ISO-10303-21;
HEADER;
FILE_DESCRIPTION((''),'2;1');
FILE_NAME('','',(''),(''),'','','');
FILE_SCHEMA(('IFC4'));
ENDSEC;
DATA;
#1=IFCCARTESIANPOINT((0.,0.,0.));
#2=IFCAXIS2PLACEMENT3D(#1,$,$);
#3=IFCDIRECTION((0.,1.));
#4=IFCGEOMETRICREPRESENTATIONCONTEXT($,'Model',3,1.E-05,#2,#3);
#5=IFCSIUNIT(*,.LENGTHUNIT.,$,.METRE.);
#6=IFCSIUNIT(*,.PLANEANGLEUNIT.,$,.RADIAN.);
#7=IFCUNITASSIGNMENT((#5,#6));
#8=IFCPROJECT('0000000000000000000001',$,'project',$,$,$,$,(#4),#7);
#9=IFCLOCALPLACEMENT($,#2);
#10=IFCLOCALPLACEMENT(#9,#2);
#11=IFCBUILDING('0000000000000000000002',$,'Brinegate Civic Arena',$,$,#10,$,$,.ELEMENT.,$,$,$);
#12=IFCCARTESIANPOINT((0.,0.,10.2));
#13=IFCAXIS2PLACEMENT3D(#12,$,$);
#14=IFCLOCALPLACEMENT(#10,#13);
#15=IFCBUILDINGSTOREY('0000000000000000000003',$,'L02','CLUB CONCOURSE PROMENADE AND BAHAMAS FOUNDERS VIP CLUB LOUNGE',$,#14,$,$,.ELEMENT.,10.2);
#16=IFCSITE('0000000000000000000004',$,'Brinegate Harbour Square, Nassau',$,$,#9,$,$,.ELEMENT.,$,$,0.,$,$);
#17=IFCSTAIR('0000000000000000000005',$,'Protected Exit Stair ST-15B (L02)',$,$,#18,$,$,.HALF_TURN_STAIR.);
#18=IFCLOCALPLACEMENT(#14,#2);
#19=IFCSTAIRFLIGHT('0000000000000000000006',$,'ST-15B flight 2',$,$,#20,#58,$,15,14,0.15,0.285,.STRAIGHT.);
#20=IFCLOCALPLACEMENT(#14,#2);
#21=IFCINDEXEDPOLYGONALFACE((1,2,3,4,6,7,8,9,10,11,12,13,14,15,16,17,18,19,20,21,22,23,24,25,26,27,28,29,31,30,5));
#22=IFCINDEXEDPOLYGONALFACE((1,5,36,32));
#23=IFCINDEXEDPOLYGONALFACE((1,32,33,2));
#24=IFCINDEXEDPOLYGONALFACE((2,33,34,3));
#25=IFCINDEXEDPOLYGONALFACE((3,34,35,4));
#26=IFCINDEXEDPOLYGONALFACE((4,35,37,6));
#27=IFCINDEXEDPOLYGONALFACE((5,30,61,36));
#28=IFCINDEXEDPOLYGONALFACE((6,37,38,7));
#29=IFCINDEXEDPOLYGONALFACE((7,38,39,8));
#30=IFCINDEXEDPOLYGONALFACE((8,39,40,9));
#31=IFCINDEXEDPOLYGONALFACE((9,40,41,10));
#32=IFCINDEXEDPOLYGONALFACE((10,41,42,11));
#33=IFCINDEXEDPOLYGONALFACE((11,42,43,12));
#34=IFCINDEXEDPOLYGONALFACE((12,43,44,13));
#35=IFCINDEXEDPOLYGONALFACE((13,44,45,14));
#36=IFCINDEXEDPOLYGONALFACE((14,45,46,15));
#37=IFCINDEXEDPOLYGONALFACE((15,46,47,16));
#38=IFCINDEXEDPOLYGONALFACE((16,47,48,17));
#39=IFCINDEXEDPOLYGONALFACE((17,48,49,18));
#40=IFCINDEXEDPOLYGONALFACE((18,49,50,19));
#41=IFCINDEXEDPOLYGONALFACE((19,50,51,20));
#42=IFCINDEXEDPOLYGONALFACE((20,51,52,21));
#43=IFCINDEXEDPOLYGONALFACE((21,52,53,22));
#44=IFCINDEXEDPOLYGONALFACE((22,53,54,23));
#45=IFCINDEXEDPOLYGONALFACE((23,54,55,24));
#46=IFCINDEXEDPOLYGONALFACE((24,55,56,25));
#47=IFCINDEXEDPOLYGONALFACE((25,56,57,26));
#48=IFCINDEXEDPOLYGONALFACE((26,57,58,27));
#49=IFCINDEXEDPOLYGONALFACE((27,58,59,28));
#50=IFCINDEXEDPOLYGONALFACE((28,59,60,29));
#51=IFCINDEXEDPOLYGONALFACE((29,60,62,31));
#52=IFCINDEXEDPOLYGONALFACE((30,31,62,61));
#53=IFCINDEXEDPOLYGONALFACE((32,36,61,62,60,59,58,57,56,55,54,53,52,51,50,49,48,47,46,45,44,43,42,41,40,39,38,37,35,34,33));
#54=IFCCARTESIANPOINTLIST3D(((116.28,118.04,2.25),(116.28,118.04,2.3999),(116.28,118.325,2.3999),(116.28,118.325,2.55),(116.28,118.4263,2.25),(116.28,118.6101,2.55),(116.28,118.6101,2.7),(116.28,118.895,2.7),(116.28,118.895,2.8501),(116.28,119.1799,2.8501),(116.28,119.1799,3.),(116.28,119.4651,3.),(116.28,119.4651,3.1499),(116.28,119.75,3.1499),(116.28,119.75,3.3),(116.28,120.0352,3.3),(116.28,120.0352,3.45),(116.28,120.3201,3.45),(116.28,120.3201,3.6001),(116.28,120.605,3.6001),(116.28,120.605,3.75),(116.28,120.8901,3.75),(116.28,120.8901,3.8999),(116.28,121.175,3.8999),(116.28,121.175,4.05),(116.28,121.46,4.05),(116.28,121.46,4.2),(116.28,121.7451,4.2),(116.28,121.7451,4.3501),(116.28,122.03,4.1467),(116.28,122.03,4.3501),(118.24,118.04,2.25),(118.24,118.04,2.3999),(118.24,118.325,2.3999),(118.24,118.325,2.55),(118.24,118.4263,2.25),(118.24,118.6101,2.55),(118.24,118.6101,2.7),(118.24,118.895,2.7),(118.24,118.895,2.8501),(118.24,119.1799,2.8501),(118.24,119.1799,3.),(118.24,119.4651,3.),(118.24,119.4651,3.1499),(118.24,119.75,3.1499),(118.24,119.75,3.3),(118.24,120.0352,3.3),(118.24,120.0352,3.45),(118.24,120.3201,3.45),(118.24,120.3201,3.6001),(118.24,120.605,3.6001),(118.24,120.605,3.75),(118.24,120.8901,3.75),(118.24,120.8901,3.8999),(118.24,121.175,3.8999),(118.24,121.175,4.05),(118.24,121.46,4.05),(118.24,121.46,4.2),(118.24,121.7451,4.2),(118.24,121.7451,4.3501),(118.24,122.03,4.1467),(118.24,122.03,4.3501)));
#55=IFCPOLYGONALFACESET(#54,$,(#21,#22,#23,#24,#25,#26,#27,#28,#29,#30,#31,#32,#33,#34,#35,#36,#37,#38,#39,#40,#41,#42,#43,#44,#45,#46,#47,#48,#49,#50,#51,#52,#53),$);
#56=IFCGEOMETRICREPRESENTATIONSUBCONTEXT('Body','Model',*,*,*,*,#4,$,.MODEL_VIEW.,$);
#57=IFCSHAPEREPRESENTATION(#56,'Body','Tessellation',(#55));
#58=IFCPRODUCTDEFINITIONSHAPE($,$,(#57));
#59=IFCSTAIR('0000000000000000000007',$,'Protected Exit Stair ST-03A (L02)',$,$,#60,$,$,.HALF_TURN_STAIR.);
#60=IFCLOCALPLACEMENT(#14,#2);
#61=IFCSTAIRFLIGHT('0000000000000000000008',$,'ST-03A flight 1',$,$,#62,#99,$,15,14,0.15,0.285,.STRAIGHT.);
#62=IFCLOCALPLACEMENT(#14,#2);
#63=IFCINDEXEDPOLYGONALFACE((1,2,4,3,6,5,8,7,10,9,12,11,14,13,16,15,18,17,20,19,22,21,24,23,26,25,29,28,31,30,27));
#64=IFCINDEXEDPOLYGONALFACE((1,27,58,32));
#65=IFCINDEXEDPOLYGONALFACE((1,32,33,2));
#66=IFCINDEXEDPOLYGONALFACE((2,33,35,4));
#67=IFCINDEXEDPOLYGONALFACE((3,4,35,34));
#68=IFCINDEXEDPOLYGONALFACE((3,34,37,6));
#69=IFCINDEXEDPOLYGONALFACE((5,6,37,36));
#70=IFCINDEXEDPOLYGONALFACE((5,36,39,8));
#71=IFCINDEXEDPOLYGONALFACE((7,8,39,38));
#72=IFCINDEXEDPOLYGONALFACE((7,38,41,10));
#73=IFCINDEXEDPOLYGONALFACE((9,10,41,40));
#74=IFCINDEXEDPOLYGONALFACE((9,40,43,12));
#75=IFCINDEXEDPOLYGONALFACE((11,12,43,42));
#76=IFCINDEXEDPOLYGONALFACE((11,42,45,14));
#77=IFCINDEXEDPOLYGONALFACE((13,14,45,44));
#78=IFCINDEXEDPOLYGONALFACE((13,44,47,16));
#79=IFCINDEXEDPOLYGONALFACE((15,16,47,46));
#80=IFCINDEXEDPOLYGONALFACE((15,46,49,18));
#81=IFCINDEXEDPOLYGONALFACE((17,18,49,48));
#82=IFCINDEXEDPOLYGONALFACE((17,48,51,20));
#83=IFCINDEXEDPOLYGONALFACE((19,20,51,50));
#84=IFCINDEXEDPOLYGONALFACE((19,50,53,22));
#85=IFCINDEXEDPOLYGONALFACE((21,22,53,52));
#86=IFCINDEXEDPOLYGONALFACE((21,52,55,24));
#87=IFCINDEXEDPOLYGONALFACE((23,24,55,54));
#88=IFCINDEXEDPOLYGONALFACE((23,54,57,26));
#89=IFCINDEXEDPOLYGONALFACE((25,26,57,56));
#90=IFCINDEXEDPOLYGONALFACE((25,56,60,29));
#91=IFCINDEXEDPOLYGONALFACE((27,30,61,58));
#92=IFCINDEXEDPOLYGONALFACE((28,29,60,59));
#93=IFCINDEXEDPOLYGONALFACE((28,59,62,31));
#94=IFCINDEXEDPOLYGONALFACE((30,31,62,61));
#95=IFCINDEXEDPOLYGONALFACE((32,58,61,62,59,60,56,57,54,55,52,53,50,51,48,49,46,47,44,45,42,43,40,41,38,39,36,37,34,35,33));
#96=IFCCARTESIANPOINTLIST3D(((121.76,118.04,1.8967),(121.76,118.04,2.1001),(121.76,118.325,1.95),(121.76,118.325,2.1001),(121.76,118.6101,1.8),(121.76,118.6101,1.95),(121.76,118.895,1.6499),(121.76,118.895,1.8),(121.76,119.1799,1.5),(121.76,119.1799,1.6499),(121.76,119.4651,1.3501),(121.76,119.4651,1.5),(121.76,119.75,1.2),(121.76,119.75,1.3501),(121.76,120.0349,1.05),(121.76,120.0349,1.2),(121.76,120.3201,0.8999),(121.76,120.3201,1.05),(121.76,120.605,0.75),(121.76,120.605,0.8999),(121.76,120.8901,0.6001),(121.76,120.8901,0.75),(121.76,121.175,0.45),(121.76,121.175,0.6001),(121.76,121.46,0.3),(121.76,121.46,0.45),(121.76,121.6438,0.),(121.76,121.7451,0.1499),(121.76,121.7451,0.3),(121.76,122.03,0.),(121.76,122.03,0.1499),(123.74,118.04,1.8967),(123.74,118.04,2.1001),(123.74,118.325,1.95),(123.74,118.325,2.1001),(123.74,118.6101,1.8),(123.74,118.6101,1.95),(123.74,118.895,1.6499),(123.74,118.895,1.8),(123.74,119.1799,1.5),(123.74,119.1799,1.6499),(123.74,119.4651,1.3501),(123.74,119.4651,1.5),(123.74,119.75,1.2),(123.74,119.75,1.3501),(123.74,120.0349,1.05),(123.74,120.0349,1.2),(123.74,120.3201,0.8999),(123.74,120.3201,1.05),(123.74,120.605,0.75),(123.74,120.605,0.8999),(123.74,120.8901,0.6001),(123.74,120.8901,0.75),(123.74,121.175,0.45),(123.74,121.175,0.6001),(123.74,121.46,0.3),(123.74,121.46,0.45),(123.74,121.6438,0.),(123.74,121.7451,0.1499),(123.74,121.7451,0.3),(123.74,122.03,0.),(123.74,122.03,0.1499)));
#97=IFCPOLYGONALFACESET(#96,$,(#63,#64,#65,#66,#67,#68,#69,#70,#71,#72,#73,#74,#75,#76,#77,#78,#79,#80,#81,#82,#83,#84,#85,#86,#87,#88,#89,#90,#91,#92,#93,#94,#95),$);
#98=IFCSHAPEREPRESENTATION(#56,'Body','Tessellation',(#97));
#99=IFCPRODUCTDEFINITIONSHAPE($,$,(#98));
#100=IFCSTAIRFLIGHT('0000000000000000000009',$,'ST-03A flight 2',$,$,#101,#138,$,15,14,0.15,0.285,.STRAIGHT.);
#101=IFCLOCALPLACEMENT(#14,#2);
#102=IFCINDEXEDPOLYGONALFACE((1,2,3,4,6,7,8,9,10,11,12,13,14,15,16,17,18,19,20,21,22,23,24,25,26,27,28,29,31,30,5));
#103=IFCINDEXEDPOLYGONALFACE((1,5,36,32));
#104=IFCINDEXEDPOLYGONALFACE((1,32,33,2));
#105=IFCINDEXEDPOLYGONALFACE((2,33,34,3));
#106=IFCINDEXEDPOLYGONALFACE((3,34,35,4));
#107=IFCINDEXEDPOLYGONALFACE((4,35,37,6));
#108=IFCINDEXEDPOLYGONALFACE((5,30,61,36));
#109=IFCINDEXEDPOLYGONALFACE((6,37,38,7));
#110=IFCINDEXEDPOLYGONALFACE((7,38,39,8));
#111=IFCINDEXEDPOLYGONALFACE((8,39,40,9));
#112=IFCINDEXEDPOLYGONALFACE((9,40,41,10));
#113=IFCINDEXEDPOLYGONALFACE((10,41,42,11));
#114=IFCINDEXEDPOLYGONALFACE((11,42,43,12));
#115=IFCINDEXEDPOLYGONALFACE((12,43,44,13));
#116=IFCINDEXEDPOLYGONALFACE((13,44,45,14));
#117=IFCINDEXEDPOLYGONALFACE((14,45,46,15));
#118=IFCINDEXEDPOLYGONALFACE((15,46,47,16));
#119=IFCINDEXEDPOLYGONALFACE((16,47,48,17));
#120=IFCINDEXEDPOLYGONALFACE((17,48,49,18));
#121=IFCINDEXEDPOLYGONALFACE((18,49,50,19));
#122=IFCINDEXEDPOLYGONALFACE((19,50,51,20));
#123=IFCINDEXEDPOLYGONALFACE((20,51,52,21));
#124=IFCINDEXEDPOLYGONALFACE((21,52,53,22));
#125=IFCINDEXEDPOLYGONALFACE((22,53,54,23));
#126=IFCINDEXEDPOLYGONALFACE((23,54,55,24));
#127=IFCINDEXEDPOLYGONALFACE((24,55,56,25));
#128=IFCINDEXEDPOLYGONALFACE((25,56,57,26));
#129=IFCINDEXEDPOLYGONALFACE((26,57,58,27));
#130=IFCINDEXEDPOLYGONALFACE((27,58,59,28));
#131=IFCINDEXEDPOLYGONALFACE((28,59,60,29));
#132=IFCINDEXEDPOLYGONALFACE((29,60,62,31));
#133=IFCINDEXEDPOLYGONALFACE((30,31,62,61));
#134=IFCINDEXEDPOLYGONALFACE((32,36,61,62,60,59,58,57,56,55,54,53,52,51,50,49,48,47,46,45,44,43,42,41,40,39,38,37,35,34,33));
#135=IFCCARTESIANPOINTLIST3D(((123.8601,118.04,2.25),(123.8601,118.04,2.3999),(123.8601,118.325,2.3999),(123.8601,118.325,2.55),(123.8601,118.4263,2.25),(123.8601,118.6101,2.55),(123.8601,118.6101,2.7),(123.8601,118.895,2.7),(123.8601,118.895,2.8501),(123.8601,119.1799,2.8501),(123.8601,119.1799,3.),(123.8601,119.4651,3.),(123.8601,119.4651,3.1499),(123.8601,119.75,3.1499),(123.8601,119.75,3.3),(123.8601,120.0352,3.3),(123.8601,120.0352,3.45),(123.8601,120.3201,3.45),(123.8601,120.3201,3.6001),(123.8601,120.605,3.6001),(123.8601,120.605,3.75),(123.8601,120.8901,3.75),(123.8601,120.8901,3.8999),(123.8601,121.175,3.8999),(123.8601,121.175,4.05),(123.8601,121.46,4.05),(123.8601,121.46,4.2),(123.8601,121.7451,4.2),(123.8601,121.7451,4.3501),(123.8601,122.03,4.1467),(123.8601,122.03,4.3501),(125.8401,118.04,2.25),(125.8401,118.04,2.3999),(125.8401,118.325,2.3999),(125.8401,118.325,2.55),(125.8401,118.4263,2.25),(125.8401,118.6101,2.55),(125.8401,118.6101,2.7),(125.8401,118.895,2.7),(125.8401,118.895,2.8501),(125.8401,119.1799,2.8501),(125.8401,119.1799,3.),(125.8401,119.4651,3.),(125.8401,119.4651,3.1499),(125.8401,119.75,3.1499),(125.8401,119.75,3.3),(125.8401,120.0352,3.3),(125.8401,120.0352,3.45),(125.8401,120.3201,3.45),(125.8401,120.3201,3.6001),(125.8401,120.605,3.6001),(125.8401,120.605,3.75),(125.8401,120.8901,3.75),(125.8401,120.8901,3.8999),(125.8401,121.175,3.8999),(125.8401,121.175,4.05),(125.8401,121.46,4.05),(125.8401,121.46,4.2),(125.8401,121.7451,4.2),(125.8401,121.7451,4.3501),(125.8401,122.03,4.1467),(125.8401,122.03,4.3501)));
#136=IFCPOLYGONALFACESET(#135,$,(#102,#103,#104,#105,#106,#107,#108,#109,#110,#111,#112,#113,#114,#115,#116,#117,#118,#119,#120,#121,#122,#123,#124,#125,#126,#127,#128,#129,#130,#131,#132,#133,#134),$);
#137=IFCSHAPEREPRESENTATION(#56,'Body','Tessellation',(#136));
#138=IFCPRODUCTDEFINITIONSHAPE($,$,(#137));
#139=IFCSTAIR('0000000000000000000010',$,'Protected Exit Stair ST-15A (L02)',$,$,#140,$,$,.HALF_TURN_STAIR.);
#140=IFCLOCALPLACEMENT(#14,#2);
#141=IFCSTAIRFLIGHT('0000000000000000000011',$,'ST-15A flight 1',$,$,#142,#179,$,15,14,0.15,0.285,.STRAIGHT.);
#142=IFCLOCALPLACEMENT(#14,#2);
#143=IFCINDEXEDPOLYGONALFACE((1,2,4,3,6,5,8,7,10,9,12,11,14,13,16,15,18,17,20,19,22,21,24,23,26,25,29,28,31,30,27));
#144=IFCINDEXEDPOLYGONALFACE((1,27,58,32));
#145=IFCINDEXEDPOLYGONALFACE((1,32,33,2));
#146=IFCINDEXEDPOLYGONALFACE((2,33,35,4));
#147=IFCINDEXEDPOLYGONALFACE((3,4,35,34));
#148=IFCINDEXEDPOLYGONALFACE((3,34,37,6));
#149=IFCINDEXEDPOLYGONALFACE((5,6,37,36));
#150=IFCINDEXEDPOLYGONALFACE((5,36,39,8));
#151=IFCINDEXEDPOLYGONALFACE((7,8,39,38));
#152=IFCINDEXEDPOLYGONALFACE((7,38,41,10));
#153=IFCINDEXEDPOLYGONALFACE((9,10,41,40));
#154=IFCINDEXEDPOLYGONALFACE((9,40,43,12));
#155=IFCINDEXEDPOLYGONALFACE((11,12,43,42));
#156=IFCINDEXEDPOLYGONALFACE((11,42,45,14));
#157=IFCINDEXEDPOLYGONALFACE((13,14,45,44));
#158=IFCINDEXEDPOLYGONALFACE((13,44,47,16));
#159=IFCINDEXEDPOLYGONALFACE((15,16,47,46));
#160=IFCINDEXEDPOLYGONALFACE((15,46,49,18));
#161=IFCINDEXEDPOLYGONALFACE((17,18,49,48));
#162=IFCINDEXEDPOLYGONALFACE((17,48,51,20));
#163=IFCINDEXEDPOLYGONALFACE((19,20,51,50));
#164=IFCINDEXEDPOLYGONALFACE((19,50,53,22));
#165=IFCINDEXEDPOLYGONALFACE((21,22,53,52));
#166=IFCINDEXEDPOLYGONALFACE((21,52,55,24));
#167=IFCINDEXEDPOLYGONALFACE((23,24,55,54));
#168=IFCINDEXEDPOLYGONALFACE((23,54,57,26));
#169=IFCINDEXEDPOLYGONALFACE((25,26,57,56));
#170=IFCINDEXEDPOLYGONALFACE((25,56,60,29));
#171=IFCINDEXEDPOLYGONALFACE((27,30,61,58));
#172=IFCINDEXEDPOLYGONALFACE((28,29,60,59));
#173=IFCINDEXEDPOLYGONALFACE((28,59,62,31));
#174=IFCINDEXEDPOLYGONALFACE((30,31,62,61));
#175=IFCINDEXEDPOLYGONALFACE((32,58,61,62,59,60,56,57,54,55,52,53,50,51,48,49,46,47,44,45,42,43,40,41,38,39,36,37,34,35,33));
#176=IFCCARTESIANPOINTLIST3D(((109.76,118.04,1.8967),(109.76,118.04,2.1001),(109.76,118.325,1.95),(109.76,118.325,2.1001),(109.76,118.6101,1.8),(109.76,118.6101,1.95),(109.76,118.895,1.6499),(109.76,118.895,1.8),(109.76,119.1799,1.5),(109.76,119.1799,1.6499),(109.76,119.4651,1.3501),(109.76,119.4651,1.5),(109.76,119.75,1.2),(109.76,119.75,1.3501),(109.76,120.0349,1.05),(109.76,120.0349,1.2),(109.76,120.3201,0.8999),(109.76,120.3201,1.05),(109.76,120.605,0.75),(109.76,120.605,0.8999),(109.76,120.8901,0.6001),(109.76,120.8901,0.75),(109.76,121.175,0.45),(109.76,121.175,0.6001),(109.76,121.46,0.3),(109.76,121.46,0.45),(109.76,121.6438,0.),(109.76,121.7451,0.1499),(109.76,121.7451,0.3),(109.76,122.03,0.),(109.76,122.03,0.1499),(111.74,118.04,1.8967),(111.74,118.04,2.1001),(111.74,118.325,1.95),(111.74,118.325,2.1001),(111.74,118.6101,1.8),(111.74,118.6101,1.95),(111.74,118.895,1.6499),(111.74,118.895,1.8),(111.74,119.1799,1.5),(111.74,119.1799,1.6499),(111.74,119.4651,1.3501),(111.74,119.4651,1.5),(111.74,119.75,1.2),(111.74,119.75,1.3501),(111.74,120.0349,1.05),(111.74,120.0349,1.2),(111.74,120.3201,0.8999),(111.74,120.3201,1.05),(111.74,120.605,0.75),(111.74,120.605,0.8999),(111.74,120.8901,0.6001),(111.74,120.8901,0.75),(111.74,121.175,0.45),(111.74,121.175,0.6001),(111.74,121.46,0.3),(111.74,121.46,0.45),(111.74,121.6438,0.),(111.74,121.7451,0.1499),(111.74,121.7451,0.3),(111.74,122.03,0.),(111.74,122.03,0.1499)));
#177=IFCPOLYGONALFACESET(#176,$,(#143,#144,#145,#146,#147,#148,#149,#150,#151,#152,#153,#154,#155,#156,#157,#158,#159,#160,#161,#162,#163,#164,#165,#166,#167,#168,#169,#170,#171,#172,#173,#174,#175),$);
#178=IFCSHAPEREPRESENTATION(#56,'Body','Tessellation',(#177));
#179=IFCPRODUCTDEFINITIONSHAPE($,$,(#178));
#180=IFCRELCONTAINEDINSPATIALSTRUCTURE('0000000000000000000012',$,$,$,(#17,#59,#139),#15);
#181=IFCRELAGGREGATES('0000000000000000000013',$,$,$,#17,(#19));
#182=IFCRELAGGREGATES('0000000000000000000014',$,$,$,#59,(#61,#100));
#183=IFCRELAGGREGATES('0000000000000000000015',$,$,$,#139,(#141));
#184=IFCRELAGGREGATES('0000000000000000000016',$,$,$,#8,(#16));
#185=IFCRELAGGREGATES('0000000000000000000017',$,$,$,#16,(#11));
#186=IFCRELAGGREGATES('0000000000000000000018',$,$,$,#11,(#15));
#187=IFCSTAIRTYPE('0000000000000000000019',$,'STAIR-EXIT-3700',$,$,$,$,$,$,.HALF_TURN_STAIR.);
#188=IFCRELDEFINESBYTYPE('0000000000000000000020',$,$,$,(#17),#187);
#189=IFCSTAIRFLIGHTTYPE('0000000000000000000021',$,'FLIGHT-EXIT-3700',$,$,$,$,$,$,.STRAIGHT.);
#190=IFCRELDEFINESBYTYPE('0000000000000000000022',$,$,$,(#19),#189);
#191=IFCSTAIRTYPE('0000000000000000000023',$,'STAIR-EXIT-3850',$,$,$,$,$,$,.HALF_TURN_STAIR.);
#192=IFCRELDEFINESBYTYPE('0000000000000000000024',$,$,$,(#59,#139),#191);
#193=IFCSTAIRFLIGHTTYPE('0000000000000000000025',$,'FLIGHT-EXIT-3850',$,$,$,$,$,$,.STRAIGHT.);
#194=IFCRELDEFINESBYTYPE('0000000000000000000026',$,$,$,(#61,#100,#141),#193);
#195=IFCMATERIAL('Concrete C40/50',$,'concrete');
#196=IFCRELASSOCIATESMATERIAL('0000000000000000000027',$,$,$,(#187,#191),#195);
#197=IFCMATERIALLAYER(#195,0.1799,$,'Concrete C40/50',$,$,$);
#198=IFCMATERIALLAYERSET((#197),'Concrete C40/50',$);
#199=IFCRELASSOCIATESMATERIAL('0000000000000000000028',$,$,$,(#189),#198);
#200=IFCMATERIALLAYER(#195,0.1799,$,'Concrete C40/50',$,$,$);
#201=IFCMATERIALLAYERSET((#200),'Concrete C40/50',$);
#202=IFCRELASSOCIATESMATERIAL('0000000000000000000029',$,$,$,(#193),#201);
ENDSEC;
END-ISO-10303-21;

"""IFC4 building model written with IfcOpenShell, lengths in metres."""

from ifc_helpers import new_model, si_unit, direction, frame, origin, place, context, subcontext, project, spatial, polyline, outline, extrude, material, layer, layer_set, type_object, element, aggregate, save


model = new_model("IFC4")

# Units and contexts
model_context = context("Model", 3, precision=1e-05, world=origin(), true_north=direction((0.0, 1.0)))
body_context = subcontext(model_context, "Body", "Model", "MODEL_VIEW")
ifc_project = project(units=[si_unit("LENGTHUNIT", "METRE"), si_unit("PLANEANGLEUNIT", "RADIAN")], contexts=[model_context])

# Site, building, storey
site_placement = place(None, origin())
site = spatial("IfcSite", under=ifc_project, at=site_placement, Name="Brinegate Harbour Square, Nassau", CompositionType="ELEMENT", RefElevation=0.0)
building_placement = place(site_placement, origin())
building = spatial("IfcBuilding", under=site, at=building_placement, Name="Brinegate Civic Arena", CompositionType="ELEMENT")
storey_placement = place(building_placement, frame((0.0, 0.0, 10.2)))
storey = spatial("IfcBuildingStorey", under=building, at=storey_placement, Name="L02", Description="CLUB CONCOURSE PROMENADE AND BAHAMAS FOUNDERS VIP CLUB LOUNGE", CompositionType="ELEMENT", Elevation=10.2)

# Stairs, stair flights
ifc_material_1 = material(Name="Concrete C40/50", Category="concrete")
stair_type_1 = type_object("IfcStairType", Name="STAIR-EXIT-3700", PredefinedType="HALF_TURN_STAIR", material=ifc_material_1)
ifc_layer_1 = layer(ifc_material_1, 0.1799, Name="Concrete C40/50")
ifc_layer_set_1 = layer_set([ifc_layer_1], Name="Concrete C40/50")
stair_flight_type_1 = type_object("IfcStairFlightType", Name="FLIGHT-EXIT-3700", PredefinedType="STRAIGHT", material=ifc_layer_set_1)
stair_1_placement = place(storey_placement, origin())
stair_1 = element("IfcStair", 1, at=stair_1_placement, inside=storey, type_object=stair_type_1, Name="Protected Exit Stair ST-15B (L02)", PredefinedType="HALF_TURN_STAIR")
stair_flight_1_placement = place(storey_placement, frame((117.26, 118.04, 2.25), z_axis=(0.0, 0.0, 1.0), x_axis=(0.0, 1.0, 0.0)))
stair_flight_1 = element("IfcStairFlight", 2, at=stair_flight_1_placement, type_object=stair_flight_type_1, Name="ST-15B flight 2", NumberOfRisers=15, NumberOfTreads=14, PredefinedType="STRAIGHT", RiserHeight=0.15, TreadLength=0.285, context=body_context, shape_type="SweptSolid", body=[
    extrude(outline(polyline([(0.0, 0.0), (0.0, 0.1499), (0.2849, 0.1499), (0.2849, 0.3), (0.5701, 0.3), (0.5701, 0.45), (0.855, 0.45), (0.855, 0.6001), (1.1399, 0.6001), (1.1399, 0.75), (1.425, 0.75), (1.425, 0.8999), (1.71, 0.8999), (1.71, 1.05), (1.9951, 1.05), (1.9951, 1.2), (2.28, 1.2), (2.28, 1.3501), (2.5649, 1.3501), (2.5649, 1.5), (2.8501, 1.5), (2.8501, 1.6499), (3.135, 1.6499), (3.135, 1.8), (3.4199, 1.8), (3.4199, 1.95), (3.7051, 1.95), (3.7051, 2.1001), (3.99, 2.1001), (3.99, 2.25), (3.99, 1.8967), (0.3862, 0.0), (0.0, 0.0)])), frame((0.0, 0.98, 0.0), z_axis=(0.0, -1.0, 0.0), x_axis=(1.0, 0.0, 0.0)), (0.0, 0.0, 1.0), 1.96),
])
aggregate(stair_1, [stair_flight_1])
stair_type_2 = type_object("IfcStairType", Name="STAIR-EXIT-3850", PredefinedType="HALF_TURN_STAIR", material=ifc_material_1)
stair_2_placement = place(storey_placement, origin())
stair_2 = element("IfcStair", 3, at=stair_2_placement, inside=storey, type_object=stair_type_2, Name="Protected Exit Stair ST-03A (L02)", PredefinedType="HALF_TURN_STAIR")
ifc_layer_2 = layer(ifc_material_1, 0.1799, Name="Concrete C40/50")
ifc_layer_set_2 = layer_set([ifc_layer_2], Name="Concrete C40/50")
stair_flight_type_2 = type_object("IfcStairFlightType", Name="FLIGHT-EXIT-3850", PredefinedType="STRAIGHT", material=ifc_layer_set_2)
stair_flight_2_placement = place(storey_placement, frame((122.75, 122.03, 0.0), z_axis=(0.0, 0.0, 1.0), x_axis=(0.0, -1.0, 0.0)))
stair_flight_2 = element("IfcStairFlight", 4, at=stair_flight_2_placement, type_object=stair_flight_type_2, Name="ST-03A flight 1", NumberOfRisers=15, NumberOfTreads=14, PredefinedType="STRAIGHT", RiserHeight=0.15, TreadLength=0.285, context=body_context, shape_type="SweptSolid", body=[
    extrude(outline(polyline([(0.0, 0.0), (0.0, 0.1499), (0.2849, 0.1499), (0.2849, 0.3), (0.5701, 0.3), (0.5701, 0.45), (0.855, 0.45), (0.855, 0.6001), (1.1399, 0.6001), (1.1399, 0.75), (1.425, 0.75), (1.425, 0.8999), (1.71, 0.8999), (1.71, 1.05), (1.9951, 1.05), (1.9951, 1.2), (2.28, 1.2), (2.28, 1.3501), (2.5649, 1.3501), (2.5649, 1.5), (2.8501, 1.5), (2.8501, 1.6499), (3.135, 1.6499), (3.135, 1.8), (3.4199, 1.8), (3.4199, 1.95), (3.7051, 1.95), (3.7051, 2.1001), (3.99, 2.1001), (3.99, 2.25), (3.99, 1.8967), (0.3862, 0.0), (0.0, 0.0)])), frame((0.0, 0.99, 0.0), z_axis=(0.0, -1.0, 0.0), x_axis=(1.0, 0.0, 0.0)), (0.0, 0.0, 1.0), 1.98),
])
stair_flight_3_placement = place(storey_placement, frame((124.8501, 118.04, 2.25), z_axis=(0.0, 0.0, 1.0), x_axis=(0.0, 1.0, 0.0)))
stair_flight_3 = element("IfcStairFlight", 5, at=stair_flight_3_placement, type_object=stair_flight_type_2, Name="ST-03A flight 2", NumberOfRisers=15, NumberOfTreads=14, PredefinedType="STRAIGHT", RiserHeight=0.15, TreadLength=0.285, context=body_context, shape_type="SweptSolid", body=[
    extrude(outline(polyline([(0.0, 0.0), (0.0, 0.1499), (0.2849, 0.1499), (0.2849, 0.3), (0.5701, 0.3), (0.5701, 0.45), (0.855, 0.45), (0.855, 0.6001), (1.1399, 0.6001), (1.1399, 0.75), (1.425, 0.75), (1.425, 0.8999), (1.71, 0.8999), (1.71, 1.05), (1.9951, 1.05), (1.9951, 1.2), (2.28, 1.2), (2.28, 1.3501), (2.5649, 1.3501), (2.5649, 1.5), (2.8501, 1.5), (2.8501, 1.6499), (3.135, 1.6499), (3.135, 1.8), (3.4199, 1.8), (3.4199, 1.95), (3.7051, 1.95), (3.7051, 2.1001), (3.99, 2.1001), (3.99, 2.25), (3.99, 1.8967), (0.3862, 0.0), (0.0, 0.0)])), frame((0.0, 0.99, 0.0), z_axis=(0.0, -1.0, 0.0), x_axis=(1.0, 0.0, 0.0)), (0.0, 0.0, 1.0), 1.98),
])
aggregate(stair_2, [stair_flight_2, stair_flight_3])

# Stair, stair flight
stair_3_placement = place(storey_placement, origin())
stair_3 = element("IfcStair", 6, at=stair_3_placement, inside=storey, type_object=stair_type_2, Name="Protected Exit Stair ST-15A (L02)", PredefinedType="HALF_TURN_STAIR")
stair_flight_4_placement = place(storey_placement, frame((110.75, 122.03, 0.0), z_axis=(0.0, 0.0, 1.0), x_axis=(0.0, -1.0, 0.0)))
stair_flight_4 = element("IfcStairFlight", 7, at=stair_flight_4_placement, type_object=stair_flight_type_2, Name="ST-15A flight 1", NumberOfRisers=15, NumberOfTreads=14, PredefinedType="STRAIGHT", RiserHeight=0.15, TreadLength=0.285, context=body_context, shape_type="SweptSolid", body=[
    extrude(outline(polyline([(0.0, 0.0), (0.0, 0.1499), (0.2849, 0.1499), (0.2849, 0.3), (0.5701, 0.3), (0.5701, 0.45), (0.855, 0.45), (0.855, 0.6001), (1.1399, 0.6001), (1.1399, 0.75), (1.425, 0.75), (1.425, 0.8999), (1.71, 0.8999), (1.71, 1.05), (1.9951, 1.05), (1.9951, 1.2), (2.28, 1.2), (2.28, 1.3501), (2.5649, 1.3501), (2.5649, 1.5), (2.8501, 1.5), (2.8501, 1.6499), (3.135, 1.6499), (3.135, 1.8), (3.4199, 1.8), (3.4199, 1.95), (3.7051, 1.95), (3.7051, 2.1001), (3.99, 2.1001), (3.99, 2.25), (3.99, 1.8967), (0.3862, 0.0), (0.0, 0.0)])), frame((0.0, 0.99, 0.0), z_axis=(0.0, -1.0, 0.0), x_axis=(1.0, 0.0, 0.0)), (0.0, 0.0, 1.0), 1.98),
])
aggregate(stair_3, [stair_flight_4])

save(model, "model.ifc")
